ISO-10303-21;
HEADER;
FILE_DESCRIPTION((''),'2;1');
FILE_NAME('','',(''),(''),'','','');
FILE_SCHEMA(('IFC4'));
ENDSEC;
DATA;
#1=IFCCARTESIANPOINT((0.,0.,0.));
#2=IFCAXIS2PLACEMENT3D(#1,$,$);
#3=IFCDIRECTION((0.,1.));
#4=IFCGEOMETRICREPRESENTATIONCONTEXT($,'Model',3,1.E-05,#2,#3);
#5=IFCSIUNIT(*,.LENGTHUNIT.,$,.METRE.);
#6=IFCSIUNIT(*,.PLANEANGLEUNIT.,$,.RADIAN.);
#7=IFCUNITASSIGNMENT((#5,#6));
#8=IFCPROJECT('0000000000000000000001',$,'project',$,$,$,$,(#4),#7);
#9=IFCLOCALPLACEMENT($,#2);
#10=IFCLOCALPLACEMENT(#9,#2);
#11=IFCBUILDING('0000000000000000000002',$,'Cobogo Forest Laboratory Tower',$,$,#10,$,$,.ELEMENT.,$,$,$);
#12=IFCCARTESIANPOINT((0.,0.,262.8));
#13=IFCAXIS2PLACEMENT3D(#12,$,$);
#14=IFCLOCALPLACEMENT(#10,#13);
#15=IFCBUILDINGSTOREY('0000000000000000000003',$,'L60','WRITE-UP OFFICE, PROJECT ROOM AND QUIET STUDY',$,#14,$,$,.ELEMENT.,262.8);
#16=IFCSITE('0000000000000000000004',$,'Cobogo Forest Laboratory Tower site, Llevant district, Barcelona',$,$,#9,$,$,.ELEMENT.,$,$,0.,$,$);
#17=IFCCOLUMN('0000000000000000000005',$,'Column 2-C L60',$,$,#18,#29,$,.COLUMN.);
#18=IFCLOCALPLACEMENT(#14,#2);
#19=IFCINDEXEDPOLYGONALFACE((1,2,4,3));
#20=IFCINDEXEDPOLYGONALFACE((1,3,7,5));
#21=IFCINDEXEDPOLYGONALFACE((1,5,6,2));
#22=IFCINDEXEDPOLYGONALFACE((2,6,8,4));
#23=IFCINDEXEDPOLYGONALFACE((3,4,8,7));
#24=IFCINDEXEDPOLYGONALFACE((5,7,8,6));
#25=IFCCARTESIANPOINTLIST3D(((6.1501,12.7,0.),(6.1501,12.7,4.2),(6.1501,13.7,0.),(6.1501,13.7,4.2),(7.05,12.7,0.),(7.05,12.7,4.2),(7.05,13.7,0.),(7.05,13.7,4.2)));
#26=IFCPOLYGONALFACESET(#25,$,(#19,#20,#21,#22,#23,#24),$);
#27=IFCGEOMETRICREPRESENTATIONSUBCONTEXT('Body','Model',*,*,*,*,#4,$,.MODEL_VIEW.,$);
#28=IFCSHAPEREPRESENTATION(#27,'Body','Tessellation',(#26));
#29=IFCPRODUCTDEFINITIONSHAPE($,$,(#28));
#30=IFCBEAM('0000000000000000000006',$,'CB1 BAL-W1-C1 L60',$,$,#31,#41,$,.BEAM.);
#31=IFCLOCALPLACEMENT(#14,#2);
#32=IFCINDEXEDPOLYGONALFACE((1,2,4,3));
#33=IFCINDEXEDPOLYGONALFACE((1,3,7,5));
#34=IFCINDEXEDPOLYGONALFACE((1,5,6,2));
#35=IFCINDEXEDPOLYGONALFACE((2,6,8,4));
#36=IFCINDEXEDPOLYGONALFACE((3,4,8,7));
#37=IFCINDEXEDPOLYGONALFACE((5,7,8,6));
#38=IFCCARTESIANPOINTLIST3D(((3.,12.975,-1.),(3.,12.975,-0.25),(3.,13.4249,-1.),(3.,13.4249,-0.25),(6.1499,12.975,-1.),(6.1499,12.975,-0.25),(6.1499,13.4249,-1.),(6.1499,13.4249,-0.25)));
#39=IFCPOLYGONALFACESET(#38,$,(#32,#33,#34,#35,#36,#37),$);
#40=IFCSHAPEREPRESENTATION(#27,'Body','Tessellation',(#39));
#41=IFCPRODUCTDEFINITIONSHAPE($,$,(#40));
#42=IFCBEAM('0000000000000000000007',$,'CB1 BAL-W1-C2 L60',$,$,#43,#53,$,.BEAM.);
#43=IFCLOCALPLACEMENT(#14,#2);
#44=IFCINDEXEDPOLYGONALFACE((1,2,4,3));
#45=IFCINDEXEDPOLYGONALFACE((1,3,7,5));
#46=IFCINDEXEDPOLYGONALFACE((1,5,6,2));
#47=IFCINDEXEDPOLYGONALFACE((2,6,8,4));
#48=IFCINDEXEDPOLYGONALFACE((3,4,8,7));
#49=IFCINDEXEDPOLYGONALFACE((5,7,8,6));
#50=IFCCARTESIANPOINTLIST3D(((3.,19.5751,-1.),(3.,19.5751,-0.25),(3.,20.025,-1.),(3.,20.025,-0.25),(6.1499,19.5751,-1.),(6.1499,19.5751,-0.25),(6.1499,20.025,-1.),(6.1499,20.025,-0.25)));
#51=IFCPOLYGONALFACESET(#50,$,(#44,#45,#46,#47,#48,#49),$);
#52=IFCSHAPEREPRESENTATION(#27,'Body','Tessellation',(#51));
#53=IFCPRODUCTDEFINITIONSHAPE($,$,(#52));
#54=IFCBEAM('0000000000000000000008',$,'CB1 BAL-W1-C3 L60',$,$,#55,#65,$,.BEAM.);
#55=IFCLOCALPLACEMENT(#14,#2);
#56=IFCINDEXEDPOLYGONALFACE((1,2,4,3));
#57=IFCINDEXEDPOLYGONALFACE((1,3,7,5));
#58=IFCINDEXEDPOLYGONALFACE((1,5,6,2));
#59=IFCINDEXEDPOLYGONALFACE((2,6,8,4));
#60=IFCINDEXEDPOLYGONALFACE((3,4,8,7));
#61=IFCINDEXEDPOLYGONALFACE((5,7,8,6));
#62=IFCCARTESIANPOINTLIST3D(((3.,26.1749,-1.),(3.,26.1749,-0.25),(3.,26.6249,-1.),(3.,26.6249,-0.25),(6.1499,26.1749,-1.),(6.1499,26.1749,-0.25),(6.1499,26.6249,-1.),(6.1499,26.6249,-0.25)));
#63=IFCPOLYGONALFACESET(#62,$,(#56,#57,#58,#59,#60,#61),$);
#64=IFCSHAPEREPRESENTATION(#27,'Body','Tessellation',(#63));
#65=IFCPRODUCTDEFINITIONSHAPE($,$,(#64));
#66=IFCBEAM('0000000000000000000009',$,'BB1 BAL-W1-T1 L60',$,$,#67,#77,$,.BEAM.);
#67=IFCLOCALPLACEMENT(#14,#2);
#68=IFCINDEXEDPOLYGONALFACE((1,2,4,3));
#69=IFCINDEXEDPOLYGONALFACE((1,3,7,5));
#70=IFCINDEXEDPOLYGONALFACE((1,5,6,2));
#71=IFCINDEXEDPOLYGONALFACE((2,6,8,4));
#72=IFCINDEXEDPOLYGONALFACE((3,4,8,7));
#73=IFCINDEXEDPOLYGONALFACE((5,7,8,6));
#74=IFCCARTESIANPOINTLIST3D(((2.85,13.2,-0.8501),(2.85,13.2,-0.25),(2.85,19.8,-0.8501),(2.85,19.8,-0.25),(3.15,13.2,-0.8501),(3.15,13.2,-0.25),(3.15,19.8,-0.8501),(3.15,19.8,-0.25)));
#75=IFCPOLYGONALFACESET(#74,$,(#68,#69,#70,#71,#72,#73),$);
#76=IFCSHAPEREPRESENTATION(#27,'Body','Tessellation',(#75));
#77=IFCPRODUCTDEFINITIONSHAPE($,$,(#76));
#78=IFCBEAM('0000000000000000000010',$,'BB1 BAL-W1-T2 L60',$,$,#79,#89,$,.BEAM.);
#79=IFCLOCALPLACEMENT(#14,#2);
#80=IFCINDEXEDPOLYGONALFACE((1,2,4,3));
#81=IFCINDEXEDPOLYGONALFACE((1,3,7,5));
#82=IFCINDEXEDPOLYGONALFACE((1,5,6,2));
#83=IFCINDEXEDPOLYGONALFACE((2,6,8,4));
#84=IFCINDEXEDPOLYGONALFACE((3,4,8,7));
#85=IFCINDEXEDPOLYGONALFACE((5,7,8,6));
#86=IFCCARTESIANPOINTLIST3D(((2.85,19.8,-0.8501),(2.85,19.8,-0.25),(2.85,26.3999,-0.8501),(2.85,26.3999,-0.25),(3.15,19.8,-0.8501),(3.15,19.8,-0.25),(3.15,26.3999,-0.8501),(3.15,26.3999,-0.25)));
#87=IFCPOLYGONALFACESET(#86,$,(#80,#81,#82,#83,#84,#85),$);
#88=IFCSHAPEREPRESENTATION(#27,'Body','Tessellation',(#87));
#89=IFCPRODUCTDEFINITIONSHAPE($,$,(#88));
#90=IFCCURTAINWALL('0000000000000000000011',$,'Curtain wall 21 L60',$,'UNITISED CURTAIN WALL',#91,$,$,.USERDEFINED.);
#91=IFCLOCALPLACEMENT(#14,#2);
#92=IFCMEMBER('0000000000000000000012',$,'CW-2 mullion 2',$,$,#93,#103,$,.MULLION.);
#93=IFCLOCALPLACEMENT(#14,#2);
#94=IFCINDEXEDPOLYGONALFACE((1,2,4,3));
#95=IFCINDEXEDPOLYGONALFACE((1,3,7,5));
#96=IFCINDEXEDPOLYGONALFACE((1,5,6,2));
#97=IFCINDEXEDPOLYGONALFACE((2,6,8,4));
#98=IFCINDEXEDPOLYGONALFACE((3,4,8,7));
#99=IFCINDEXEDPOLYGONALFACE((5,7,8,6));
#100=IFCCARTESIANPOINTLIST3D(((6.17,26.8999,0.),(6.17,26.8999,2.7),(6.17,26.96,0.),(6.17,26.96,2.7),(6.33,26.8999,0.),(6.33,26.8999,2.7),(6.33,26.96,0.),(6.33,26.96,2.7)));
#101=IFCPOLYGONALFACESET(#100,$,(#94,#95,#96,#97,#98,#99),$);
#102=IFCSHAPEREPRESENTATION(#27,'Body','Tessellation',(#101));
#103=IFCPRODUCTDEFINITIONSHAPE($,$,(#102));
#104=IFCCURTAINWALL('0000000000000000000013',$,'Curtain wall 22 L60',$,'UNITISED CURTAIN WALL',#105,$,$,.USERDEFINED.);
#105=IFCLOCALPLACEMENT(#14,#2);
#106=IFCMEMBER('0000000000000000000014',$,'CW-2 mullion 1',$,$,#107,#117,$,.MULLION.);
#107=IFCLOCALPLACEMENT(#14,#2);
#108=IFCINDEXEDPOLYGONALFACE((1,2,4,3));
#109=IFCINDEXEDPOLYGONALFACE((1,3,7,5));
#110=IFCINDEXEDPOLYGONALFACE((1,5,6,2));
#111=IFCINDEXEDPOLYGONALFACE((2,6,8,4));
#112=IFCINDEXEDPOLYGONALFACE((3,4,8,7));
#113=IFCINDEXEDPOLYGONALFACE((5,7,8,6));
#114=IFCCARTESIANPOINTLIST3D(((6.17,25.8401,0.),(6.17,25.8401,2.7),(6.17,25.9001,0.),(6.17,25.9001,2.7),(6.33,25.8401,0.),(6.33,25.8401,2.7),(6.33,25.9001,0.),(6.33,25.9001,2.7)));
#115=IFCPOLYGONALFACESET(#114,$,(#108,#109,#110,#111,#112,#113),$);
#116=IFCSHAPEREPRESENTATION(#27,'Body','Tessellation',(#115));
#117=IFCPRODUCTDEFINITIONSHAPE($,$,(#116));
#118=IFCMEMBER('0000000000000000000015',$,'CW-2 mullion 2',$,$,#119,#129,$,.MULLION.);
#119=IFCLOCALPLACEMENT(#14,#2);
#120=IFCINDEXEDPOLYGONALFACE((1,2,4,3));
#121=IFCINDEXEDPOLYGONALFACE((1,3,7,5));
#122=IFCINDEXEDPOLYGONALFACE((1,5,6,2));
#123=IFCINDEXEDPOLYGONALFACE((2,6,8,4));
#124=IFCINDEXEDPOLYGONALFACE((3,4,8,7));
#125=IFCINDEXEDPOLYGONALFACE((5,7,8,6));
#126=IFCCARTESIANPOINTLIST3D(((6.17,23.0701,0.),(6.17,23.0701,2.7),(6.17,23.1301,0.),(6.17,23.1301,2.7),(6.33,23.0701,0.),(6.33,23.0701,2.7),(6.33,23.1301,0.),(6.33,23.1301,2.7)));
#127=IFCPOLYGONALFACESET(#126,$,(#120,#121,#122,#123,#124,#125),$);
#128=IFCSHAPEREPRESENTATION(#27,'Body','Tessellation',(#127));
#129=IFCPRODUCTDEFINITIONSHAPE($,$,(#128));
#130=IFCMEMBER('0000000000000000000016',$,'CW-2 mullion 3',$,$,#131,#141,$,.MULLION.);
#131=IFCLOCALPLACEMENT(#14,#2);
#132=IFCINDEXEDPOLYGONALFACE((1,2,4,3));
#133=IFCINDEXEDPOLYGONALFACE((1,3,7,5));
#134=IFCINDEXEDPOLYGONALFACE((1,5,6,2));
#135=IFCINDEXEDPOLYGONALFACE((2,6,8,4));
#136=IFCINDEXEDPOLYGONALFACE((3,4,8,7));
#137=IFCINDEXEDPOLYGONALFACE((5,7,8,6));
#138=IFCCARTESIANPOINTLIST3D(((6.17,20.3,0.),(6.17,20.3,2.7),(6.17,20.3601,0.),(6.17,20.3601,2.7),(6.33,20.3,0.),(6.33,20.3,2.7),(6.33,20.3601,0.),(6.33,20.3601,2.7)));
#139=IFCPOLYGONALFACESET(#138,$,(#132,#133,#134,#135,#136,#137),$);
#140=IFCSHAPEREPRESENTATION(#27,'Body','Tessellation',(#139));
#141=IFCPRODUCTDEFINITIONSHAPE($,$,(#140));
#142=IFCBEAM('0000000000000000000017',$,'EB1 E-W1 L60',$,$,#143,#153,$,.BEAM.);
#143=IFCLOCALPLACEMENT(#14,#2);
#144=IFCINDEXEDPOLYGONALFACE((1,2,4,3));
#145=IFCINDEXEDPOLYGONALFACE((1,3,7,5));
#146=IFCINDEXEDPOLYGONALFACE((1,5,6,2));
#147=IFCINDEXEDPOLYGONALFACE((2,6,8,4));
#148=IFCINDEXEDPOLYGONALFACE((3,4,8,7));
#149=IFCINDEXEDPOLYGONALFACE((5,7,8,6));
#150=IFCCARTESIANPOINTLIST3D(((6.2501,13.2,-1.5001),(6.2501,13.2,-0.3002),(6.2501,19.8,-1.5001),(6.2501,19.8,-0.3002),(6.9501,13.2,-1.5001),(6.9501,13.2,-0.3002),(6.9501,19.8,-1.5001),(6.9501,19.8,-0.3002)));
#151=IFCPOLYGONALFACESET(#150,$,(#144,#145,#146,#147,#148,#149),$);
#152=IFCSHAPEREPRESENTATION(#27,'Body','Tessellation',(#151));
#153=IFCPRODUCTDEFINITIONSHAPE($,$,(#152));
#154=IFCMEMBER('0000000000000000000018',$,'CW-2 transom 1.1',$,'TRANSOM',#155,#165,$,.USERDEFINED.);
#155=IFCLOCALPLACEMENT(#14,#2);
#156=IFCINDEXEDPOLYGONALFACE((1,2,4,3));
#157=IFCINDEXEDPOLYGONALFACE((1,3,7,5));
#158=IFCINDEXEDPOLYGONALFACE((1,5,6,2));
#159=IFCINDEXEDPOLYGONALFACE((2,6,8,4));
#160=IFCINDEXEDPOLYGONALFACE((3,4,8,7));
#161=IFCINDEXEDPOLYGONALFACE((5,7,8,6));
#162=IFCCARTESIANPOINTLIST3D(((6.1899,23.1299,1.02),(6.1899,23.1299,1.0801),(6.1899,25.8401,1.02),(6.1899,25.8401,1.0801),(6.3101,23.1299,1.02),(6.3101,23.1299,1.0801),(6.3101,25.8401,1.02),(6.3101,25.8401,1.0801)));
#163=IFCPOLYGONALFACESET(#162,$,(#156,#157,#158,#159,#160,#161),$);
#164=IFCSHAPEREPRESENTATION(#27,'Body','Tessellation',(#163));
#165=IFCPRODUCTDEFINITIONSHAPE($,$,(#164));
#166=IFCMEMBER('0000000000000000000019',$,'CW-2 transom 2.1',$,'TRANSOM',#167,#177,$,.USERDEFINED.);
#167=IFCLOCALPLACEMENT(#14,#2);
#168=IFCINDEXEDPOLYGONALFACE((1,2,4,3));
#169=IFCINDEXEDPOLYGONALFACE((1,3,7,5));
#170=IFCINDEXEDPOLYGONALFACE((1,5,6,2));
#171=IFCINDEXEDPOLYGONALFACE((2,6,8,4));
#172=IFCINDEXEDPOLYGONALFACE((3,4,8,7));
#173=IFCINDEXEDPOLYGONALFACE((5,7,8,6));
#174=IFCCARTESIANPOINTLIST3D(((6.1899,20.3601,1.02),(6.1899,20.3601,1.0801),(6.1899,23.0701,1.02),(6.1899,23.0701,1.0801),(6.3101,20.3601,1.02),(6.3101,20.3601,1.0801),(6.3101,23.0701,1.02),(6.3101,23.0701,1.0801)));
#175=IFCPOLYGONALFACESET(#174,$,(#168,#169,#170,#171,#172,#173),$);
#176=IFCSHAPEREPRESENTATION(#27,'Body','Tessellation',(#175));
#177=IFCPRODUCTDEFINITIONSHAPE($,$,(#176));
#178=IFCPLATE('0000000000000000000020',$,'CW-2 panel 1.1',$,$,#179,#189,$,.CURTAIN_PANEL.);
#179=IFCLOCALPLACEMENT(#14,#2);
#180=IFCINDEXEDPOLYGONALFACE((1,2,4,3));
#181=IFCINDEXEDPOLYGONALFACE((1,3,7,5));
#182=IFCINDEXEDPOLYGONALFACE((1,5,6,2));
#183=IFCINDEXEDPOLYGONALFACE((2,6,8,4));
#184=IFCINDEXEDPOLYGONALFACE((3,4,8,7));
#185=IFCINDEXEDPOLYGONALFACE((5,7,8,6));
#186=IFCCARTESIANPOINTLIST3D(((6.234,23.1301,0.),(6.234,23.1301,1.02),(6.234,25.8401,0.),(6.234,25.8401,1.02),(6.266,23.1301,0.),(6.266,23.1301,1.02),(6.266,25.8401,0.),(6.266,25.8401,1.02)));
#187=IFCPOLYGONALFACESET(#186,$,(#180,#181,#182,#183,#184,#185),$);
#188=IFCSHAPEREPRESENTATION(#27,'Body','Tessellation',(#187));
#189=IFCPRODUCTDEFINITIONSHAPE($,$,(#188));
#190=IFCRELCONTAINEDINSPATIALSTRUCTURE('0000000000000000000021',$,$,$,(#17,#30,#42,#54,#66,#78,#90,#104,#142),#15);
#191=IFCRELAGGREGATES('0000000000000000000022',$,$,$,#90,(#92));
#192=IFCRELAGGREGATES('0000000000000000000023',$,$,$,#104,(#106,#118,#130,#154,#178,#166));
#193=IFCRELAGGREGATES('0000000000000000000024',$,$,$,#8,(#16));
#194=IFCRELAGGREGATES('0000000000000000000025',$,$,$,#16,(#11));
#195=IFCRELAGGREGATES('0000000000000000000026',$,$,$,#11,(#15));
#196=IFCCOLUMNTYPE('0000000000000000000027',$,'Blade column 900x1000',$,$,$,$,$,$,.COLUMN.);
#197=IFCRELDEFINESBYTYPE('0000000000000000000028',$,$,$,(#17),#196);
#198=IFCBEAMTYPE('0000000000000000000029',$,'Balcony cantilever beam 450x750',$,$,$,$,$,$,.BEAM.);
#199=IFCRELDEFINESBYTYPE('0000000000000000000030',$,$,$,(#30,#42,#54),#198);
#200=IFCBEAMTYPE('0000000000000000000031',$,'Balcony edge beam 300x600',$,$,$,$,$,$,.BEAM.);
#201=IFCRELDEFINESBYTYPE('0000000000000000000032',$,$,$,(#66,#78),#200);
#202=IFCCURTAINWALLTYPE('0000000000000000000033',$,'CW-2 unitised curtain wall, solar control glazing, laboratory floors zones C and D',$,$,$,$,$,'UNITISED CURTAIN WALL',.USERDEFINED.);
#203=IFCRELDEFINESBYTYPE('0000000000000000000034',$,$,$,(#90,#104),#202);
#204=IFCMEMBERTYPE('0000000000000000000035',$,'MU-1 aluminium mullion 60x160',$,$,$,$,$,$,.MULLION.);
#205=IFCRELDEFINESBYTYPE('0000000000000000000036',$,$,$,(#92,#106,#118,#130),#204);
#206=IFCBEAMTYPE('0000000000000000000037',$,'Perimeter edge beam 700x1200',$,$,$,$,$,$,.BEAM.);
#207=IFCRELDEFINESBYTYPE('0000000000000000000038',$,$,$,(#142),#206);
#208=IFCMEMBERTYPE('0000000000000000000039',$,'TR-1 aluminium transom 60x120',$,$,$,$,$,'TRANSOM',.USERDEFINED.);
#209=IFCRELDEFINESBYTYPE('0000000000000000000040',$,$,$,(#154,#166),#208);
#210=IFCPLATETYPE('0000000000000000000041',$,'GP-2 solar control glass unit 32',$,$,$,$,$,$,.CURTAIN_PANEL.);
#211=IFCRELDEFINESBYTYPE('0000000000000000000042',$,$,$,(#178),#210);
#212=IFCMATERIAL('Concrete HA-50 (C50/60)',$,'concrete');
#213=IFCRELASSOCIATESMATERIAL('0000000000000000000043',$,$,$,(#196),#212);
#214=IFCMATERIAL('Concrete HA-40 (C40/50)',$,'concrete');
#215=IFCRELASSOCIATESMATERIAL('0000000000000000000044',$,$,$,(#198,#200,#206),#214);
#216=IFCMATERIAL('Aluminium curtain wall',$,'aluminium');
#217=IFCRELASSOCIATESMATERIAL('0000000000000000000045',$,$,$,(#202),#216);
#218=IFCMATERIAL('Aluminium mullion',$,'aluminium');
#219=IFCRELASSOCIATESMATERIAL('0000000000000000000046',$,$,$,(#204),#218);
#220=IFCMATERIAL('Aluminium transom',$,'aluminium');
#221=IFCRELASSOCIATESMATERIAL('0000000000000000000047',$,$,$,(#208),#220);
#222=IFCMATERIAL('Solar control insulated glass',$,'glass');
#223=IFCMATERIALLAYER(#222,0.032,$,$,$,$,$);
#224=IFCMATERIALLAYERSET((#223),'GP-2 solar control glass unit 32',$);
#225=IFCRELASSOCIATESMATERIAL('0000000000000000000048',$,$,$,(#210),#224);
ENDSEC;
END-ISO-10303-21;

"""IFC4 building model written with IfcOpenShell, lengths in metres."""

from ifc_helpers import new_model, si_unit, direction, frame, origin, origin_2d, place, context, subcontext, project, spatial, rectangle, extrude, material, layer, layer_set, material_profile, profile_set, type_object, element, aggregate, save


model = new_model("IFC4")

# Units and contexts
model_context = context("Model", 3, precision=1e-05, world=origin(), true_north=direction((0.0, 1.0)))
body_context = subcontext(model_context, "Body", "Model", "MODEL_VIEW")
ifc_project = project(units=[si_unit("LENGTHUNIT", "METRE"), si_unit("PLANEANGLEUNIT", "RADIAN")], contexts=[model_context])

# Site, building, storey
site_placement = place(None, origin())
site = spatial("IfcSite", under=ifc_project, at=site_placement, Name="Cobogo Forest Laboratory Tower site, Llevant district, Barcelona", CompositionType="ELEMENT", RefElevation=0.0)
building_placement = place(site_placement, origin())
building = spatial("IfcBuilding", under=site, at=building_placement, Name="Cobogo Forest Laboratory Tower", CompositionType="ELEMENT")
storey_placement = place(building_placement, frame((0.0, 0.0, 262.8)))
storey = spatial("IfcBuildingStorey", under=building, at=storey_placement, Name="L60", Description="WRITE-UP OFFICE, PROJECT ROOM AND QUIET STUDY", CompositionType="ELEMENT", Elevation=262.8)

# Column
ifc_material_1 = material(Name="Concrete HA-50 (C50/60)", Category="concrete")
ifc_material_profile_1 = material_profile(ifc_material_1, rectangle(XDim=1.0, YDim=0.8999, at=origin_2d()), Name="RC 900x1000")
ifc_profile_set_1 = profile_set([ifc_material_profile_1], Name="Concrete HA-50 (C50/60)")
column_type = type_object("IfcColumnType", Name="Blade column 900x1000", PredefinedType="COLUMN", material=ifc_profile_set_1)
column_placement = place(storey_placement, frame((6.6001, 13.2, 0.0), z_axis=(0.0, 0.0, 1.0), x_axis=(0.0, 1.0, 0.0)))
element("IfcColumn", 1, at=column_placement, inside=storey, type_object=column_type, Name="Column 2-C L60", PredefinedType="COLUMN", context=body_context, shape_type="SweptSolid", body=[
    extrude(rectangle(XDim=1.0, YDim=0.8999, at=origin_2d()), origin(), (0.0, 0.0, 1.0), 4.2),
])

# Beams
ifc_material_2 = material(Name="Concrete HA-40 (C40/50)", Category="concrete")
ifc_material_profile_2 = material_profile(ifc_material_2, rectangle(XDim=0.45, YDim=0.75, at=origin_2d()), Name="RC 450x750")
ifc_profile_set_2 = profile_set([ifc_material_profile_2], Name="Concrete HA-40 (C40/50)")
beam_type_1 = type_object("IfcBeamType", Name="Balcony cantilever beam 450x750", PredefinedType="BEAM", material=ifc_profile_set_2)
for number, where, z_axis, x_axis, name in (
    (2, (6.1499, 13.2, -0.625), (-1.0, 0.0, 0.0), (0.0, -1.0, 0.0), "CB1 BAL-W1-C1 L60"),
    (3, (6.1499, 19.8, -0.625), (-1.0, 0.0, 0.0), (0.0, -1.0, 0.0), "CB1 BAL-W1-C2 L60"),
    (4, (6.1499, 26.3999, -0.625), (-1.0, 0.0, 0.0), (0.0, -1.0, 0.0), "CB1 BAL-W1-C3 L60"),
):
    element("IfcBeam", number, at=place(storey_placement, frame(where, z_axis=z_axis, x_axis=x_axis)), inside=storey, type_object=beam_type_1, Name=name, PredefinedType="BEAM", context=body_context, shape_type="SweptSolid", body=[
        extrude(rectangle(XDim=0.45, YDim=0.75, at=origin_2d()), origin(), (0.0, 0.0, 1.0), 3.1499),
    ])
ifc_material_profile_3 = material_profile(ifc_material_2, rectangle(XDim=0.3, YDim=0.6001, at=origin_2d()), Name="RC 300x600")
ifc_profile_set_3 = profile_set([ifc_material_profile_3], Name="Concrete HA-40 (C40/50)")
beam_type_2 = type_object("IfcBeamType", Name="Balcony edge beam 300x600", PredefinedType="BEAM", material=ifc_profile_set_3)
beam_1_placement = place(storey_placement, frame((3.0, 13.2, -0.55), z_axis=(0.0, 1.0, 0.0), x_axis=(-1.0, 0.0, 0.0)))
element("IfcBeam", 5, at=beam_1_placement, inside=storey, type_object=beam_type_2, Name="BB1 BAL-W1-T1 L60", PredefinedType="BEAM", context=body_context, shape_type="SweptSolid", body=[
    extrude(rectangle(XDim=0.3, YDim=0.6001, at=origin_2d()), origin(), (0.0, 0.0, 1.0), 6.6001),
])
beam_2_placement = place(storey_placement, frame((3.0, 19.8, -0.55), z_axis=(0.0, 1.0, 0.0), x_axis=(-1.0, 0.0, 0.0)))
element("IfcBeam", 6, at=beam_2_placement, inside=storey, type_object=beam_type_2, Name="BB1 BAL-W1-T2 L60", PredefinedType="BEAM", context=body_context, shape_type="SweptSolid", body=[
    extrude(rectangle(XDim=0.3, YDim=0.6001, at=origin_2d()), origin(), (0.0, 0.0, 1.0), 6.5999),
])

# Curtain wall, member
ifc_material_3 = material(Name="Aluminium curtain wall", Category="aluminium")
curtain_wall_type = type_object("IfcCurtainWallType", Name="CW-2 unitised curtain wall, solar control glazing, laboratory floors zones C and D", ElementType="UNITISED CURTAIN WALL", PredefinedType="USERDEFINED", material=ifc_material_3)
curtain_wall_1_placement = place(storey_placement, origin())
curtain_wall_1 = element("IfcCurtainWall", 7, at=curtain_wall_1_placement, inside=storey, type_object=curtain_wall_type, Name="Curtain wall 21 L60", ObjectType="UNITISED CURTAIN WALL", PredefinedType="USERDEFINED")
ifc_material_4 = material(Name="Aluminium mullion", Category="aluminium")
ifc_material_profile_4 = material_profile(ifc_material_4, rectangle(XDim=0.0601, YDim=0.1599, at=origin_2d()), Name="AL 60x160")
ifc_profile_set_4 = profile_set([ifc_material_profile_4], Name="Aluminium mullion")
member_type_1 = type_object("IfcMemberType", Name="MU-1 aluminium mullion 60x160", PredefinedType="MULLION", material=ifc_profile_set_4)
member_1_placement = place(storey_placement, frame((6.25, 26.9299, 0.0), z_axis=(0.0, 0.0, 1.0), x_axis=(0.0, -1.0, 0.0)))
member_1 = element("IfcMember", 8, at=member_1_placement, type_object=member_type_1, Name="CW-2 mullion 2", PredefinedType="MULLION", context=body_context, shape_type="SweptSolid", body=[
    extrude(rectangle(XDim=0.0601, YDim=0.1599, at=origin_2d()), origin(), (0.0, 0.0, 1.0), 2.7),
])
aggregate(curtain_wall_1, [member_1])

# Curtain wall, members
curtain_wall_2_placement = place(storey_placement, origin())
curtain_wall_2 = element("IfcCurtainWall", 9, at=curtain_wall_2_placement, inside=storey, type_object=curtain_wall_type, Name="Curtain wall 22 L60", ObjectType="UNITISED CURTAIN WALL", PredefinedType="USERDEFINED")
member_2_placement = place(storey_placement, frame((6.25, 25.8701, 0.0), z_axis=(0.0, 0.0, 1.0), x_axis=(0.0, -1.0, 0.0)))
member_2 = element("IfcMember", 10, at=member_2_placement, type_object=member_type_1, Name="CW-2 mullion 1", PredefinedType="MULLION", context=body_context, shape_type="SweptSolid", body=[
    extrude(rectangle(XDim=0.0601, YDim=0.1599, at=origin_2d()), origin(), (0.0, 0.0, 1.0), 2.7),
])
member_3_placement = place(storey_placement, frame((6.25, 23.1001, 0.0), z_axis=(0.0, 0.0, 1.0), x_axis=(0.0, -1.0, 0.0)))
member_3 = element("IfcMember", 11, at=member_3_placement, type_object=member_type_1, Name="CW-2 mullion 2", PredefinedType="MULLION", context=body_context, shape_type="SweptSolid", body=[
    extrude(rectangle(XDim=0.0601, YDim=0.1599, at=origin_2d()), origin(), (0.0, 0.0, 1.0), 2.7),
])
member_4_placement = place(storey_placement, frame((6.25, 20.3301, 0.0), z_axis=(0.0, 0.0, 1.0), x_axis=(0.0, -1.0, 0.0)))
member_4 = element("IfcMember", 12, at=member_4_placement, type_object=member_type_1, Name="CW-2 mullion 3", PredefinedType="MULLION", context=body_context, shape_type="SweptSolid", body=[
    extrude(rectangle(XDim=0.0601, YDim=0.1599, at=origin_2d()), origin(), (0.0, 0.0, 1.0), 2.7),
])

# Beam
ifc_material_profile_5 = material_profile(ifc_material_2, rectangle(XDim=0.7, YDim=1.2, at=origin_2d()), Name="RC 700x1200")
ifc_profile_set_5 = profile_set([ifc_material_profile_5], Name="Concrete HA-40 (C40/50)")
beam_type_3 = type_object("IfcBeamType", Name="Perimeter edge beam 700x1200", PredefinedType="BEAM", material=ifc_profile_set_5)
beam_3_placement = place(storey_placement, frame((6.6001, 13.2, -0.9001), z_axis=(0.0, 1.0, 0.0), x_axis=(-1.0, 0.0, 0.0)))
element("IfcBeam", 13, at=beam_3_placement, inside=storey, type_object=beam_type_3, Name="EB1 E-W1 L60", PredefinedType="BEAM", context=body_context, shape_type="SweptSolid", body=[
    extrude(rectangle(XDim=0.7, YDim=1.2, at=origin_2d()), origin(), (0.0, 0.0, 1.0), 6.6001),
])

# Members
ifc_material_5 = material(Name="Aluminium transom", Category="aluminium")
ifc_material_profile_6 = material_profile(ifc_material_5, rectangle(XDim=0.1201, YDim=0.0601, at=origin_2d()), Name="AL 60x120")
ifc_profile_set_6 = profile_set([ifc_material_profile_6], Name="Aluminium transom")
member_type_2 = type_object("IfcMemberType", Name="TR-1 aluminium transom 60x120", ElementType="TRANSOM", PredefinedType="USERDEFINED", material=ifc_profile_set_6)
member_5_placement = place(storey_placement, frame((6.25, 25.8401, 1.05), z_axis=(0.0, -1.0, 0.0), x_axis=(1.0, 0.0, 0.0)))
member_5 = element("IfcMember", 14, at=member_5_placement, type_object=member_type_2, Name="CW-2 transom 1.1", ObjectType="TRANSOM", PredefinedType="USERDEFINED", context=body_context, shape_type="SweptSolid", body=[
    extrude(rectangle(XDim=0.1201, YDim=0.0601, at=origin_2d()), origin(), (0.0, 0.0, 1.0), 2.7102),
])
member_6_placement = place(storey_placement, frame((6.25, 23.0701, 1.05), z_axis=(0.0, -1.0, 0.0), x_axis=(1.0, 0.0, 0.0)))
member_6 = element("IfcMember", 15, at=member_6_placement, type_object=member_type_2, Name="CW-2 transom 2.1", ObjectType="TRANSOM", PredefinedType="USERDEFINED", context=body_context, shape_type="SweptSolid", body=[
    extrude(rectangle(XDim=0.1201, YDim=0.0601, at=origin_2d()), origin(), (0.0, 0.0, 1.0), 2.71),
])

# Plate
ifc_material_6 = material(Name="Solar control insulated glass", Category="glass")
ifc_layer_1 = layer(ifc_material_6, 0.032)
ifc_layer_set_1 = layer_set([ifc_layer_1], Name="GP-2 solar control glass unit 32")
plate_type_1 = type_object("IfcPlateType", Name="GP-2 solar control glass unit 32", PredefinedType="CURTAIN_PANEL", material=ifc_layer_set_1)
plate_1_placement = place(storey_placement, frame((6.25, 24.4851, 0.0), z_axis=(0.0, 0.0, 1.0), x_axis=(0.0, -1.0, 0.0)))
plate_1 = element("IfcPlate", 16, at=plate_1_placement, type_object=plate_type_1, Name="CW-2 panel 1.1", PredefinedType="CURTAIN_PANEL", context=body_context, shape_type="SweptSolid", body=[
    extrude(rectangle(XDim=2.71, YDim=0.032, at=origin_2d()), origin(), (0.0, 0.0, 1.0), 1.02),
])
aggregate(curtain_wall_2, [member_2, member_3, member_4, member_5, plate_1, member_6])

save(model, "model.ifc")
